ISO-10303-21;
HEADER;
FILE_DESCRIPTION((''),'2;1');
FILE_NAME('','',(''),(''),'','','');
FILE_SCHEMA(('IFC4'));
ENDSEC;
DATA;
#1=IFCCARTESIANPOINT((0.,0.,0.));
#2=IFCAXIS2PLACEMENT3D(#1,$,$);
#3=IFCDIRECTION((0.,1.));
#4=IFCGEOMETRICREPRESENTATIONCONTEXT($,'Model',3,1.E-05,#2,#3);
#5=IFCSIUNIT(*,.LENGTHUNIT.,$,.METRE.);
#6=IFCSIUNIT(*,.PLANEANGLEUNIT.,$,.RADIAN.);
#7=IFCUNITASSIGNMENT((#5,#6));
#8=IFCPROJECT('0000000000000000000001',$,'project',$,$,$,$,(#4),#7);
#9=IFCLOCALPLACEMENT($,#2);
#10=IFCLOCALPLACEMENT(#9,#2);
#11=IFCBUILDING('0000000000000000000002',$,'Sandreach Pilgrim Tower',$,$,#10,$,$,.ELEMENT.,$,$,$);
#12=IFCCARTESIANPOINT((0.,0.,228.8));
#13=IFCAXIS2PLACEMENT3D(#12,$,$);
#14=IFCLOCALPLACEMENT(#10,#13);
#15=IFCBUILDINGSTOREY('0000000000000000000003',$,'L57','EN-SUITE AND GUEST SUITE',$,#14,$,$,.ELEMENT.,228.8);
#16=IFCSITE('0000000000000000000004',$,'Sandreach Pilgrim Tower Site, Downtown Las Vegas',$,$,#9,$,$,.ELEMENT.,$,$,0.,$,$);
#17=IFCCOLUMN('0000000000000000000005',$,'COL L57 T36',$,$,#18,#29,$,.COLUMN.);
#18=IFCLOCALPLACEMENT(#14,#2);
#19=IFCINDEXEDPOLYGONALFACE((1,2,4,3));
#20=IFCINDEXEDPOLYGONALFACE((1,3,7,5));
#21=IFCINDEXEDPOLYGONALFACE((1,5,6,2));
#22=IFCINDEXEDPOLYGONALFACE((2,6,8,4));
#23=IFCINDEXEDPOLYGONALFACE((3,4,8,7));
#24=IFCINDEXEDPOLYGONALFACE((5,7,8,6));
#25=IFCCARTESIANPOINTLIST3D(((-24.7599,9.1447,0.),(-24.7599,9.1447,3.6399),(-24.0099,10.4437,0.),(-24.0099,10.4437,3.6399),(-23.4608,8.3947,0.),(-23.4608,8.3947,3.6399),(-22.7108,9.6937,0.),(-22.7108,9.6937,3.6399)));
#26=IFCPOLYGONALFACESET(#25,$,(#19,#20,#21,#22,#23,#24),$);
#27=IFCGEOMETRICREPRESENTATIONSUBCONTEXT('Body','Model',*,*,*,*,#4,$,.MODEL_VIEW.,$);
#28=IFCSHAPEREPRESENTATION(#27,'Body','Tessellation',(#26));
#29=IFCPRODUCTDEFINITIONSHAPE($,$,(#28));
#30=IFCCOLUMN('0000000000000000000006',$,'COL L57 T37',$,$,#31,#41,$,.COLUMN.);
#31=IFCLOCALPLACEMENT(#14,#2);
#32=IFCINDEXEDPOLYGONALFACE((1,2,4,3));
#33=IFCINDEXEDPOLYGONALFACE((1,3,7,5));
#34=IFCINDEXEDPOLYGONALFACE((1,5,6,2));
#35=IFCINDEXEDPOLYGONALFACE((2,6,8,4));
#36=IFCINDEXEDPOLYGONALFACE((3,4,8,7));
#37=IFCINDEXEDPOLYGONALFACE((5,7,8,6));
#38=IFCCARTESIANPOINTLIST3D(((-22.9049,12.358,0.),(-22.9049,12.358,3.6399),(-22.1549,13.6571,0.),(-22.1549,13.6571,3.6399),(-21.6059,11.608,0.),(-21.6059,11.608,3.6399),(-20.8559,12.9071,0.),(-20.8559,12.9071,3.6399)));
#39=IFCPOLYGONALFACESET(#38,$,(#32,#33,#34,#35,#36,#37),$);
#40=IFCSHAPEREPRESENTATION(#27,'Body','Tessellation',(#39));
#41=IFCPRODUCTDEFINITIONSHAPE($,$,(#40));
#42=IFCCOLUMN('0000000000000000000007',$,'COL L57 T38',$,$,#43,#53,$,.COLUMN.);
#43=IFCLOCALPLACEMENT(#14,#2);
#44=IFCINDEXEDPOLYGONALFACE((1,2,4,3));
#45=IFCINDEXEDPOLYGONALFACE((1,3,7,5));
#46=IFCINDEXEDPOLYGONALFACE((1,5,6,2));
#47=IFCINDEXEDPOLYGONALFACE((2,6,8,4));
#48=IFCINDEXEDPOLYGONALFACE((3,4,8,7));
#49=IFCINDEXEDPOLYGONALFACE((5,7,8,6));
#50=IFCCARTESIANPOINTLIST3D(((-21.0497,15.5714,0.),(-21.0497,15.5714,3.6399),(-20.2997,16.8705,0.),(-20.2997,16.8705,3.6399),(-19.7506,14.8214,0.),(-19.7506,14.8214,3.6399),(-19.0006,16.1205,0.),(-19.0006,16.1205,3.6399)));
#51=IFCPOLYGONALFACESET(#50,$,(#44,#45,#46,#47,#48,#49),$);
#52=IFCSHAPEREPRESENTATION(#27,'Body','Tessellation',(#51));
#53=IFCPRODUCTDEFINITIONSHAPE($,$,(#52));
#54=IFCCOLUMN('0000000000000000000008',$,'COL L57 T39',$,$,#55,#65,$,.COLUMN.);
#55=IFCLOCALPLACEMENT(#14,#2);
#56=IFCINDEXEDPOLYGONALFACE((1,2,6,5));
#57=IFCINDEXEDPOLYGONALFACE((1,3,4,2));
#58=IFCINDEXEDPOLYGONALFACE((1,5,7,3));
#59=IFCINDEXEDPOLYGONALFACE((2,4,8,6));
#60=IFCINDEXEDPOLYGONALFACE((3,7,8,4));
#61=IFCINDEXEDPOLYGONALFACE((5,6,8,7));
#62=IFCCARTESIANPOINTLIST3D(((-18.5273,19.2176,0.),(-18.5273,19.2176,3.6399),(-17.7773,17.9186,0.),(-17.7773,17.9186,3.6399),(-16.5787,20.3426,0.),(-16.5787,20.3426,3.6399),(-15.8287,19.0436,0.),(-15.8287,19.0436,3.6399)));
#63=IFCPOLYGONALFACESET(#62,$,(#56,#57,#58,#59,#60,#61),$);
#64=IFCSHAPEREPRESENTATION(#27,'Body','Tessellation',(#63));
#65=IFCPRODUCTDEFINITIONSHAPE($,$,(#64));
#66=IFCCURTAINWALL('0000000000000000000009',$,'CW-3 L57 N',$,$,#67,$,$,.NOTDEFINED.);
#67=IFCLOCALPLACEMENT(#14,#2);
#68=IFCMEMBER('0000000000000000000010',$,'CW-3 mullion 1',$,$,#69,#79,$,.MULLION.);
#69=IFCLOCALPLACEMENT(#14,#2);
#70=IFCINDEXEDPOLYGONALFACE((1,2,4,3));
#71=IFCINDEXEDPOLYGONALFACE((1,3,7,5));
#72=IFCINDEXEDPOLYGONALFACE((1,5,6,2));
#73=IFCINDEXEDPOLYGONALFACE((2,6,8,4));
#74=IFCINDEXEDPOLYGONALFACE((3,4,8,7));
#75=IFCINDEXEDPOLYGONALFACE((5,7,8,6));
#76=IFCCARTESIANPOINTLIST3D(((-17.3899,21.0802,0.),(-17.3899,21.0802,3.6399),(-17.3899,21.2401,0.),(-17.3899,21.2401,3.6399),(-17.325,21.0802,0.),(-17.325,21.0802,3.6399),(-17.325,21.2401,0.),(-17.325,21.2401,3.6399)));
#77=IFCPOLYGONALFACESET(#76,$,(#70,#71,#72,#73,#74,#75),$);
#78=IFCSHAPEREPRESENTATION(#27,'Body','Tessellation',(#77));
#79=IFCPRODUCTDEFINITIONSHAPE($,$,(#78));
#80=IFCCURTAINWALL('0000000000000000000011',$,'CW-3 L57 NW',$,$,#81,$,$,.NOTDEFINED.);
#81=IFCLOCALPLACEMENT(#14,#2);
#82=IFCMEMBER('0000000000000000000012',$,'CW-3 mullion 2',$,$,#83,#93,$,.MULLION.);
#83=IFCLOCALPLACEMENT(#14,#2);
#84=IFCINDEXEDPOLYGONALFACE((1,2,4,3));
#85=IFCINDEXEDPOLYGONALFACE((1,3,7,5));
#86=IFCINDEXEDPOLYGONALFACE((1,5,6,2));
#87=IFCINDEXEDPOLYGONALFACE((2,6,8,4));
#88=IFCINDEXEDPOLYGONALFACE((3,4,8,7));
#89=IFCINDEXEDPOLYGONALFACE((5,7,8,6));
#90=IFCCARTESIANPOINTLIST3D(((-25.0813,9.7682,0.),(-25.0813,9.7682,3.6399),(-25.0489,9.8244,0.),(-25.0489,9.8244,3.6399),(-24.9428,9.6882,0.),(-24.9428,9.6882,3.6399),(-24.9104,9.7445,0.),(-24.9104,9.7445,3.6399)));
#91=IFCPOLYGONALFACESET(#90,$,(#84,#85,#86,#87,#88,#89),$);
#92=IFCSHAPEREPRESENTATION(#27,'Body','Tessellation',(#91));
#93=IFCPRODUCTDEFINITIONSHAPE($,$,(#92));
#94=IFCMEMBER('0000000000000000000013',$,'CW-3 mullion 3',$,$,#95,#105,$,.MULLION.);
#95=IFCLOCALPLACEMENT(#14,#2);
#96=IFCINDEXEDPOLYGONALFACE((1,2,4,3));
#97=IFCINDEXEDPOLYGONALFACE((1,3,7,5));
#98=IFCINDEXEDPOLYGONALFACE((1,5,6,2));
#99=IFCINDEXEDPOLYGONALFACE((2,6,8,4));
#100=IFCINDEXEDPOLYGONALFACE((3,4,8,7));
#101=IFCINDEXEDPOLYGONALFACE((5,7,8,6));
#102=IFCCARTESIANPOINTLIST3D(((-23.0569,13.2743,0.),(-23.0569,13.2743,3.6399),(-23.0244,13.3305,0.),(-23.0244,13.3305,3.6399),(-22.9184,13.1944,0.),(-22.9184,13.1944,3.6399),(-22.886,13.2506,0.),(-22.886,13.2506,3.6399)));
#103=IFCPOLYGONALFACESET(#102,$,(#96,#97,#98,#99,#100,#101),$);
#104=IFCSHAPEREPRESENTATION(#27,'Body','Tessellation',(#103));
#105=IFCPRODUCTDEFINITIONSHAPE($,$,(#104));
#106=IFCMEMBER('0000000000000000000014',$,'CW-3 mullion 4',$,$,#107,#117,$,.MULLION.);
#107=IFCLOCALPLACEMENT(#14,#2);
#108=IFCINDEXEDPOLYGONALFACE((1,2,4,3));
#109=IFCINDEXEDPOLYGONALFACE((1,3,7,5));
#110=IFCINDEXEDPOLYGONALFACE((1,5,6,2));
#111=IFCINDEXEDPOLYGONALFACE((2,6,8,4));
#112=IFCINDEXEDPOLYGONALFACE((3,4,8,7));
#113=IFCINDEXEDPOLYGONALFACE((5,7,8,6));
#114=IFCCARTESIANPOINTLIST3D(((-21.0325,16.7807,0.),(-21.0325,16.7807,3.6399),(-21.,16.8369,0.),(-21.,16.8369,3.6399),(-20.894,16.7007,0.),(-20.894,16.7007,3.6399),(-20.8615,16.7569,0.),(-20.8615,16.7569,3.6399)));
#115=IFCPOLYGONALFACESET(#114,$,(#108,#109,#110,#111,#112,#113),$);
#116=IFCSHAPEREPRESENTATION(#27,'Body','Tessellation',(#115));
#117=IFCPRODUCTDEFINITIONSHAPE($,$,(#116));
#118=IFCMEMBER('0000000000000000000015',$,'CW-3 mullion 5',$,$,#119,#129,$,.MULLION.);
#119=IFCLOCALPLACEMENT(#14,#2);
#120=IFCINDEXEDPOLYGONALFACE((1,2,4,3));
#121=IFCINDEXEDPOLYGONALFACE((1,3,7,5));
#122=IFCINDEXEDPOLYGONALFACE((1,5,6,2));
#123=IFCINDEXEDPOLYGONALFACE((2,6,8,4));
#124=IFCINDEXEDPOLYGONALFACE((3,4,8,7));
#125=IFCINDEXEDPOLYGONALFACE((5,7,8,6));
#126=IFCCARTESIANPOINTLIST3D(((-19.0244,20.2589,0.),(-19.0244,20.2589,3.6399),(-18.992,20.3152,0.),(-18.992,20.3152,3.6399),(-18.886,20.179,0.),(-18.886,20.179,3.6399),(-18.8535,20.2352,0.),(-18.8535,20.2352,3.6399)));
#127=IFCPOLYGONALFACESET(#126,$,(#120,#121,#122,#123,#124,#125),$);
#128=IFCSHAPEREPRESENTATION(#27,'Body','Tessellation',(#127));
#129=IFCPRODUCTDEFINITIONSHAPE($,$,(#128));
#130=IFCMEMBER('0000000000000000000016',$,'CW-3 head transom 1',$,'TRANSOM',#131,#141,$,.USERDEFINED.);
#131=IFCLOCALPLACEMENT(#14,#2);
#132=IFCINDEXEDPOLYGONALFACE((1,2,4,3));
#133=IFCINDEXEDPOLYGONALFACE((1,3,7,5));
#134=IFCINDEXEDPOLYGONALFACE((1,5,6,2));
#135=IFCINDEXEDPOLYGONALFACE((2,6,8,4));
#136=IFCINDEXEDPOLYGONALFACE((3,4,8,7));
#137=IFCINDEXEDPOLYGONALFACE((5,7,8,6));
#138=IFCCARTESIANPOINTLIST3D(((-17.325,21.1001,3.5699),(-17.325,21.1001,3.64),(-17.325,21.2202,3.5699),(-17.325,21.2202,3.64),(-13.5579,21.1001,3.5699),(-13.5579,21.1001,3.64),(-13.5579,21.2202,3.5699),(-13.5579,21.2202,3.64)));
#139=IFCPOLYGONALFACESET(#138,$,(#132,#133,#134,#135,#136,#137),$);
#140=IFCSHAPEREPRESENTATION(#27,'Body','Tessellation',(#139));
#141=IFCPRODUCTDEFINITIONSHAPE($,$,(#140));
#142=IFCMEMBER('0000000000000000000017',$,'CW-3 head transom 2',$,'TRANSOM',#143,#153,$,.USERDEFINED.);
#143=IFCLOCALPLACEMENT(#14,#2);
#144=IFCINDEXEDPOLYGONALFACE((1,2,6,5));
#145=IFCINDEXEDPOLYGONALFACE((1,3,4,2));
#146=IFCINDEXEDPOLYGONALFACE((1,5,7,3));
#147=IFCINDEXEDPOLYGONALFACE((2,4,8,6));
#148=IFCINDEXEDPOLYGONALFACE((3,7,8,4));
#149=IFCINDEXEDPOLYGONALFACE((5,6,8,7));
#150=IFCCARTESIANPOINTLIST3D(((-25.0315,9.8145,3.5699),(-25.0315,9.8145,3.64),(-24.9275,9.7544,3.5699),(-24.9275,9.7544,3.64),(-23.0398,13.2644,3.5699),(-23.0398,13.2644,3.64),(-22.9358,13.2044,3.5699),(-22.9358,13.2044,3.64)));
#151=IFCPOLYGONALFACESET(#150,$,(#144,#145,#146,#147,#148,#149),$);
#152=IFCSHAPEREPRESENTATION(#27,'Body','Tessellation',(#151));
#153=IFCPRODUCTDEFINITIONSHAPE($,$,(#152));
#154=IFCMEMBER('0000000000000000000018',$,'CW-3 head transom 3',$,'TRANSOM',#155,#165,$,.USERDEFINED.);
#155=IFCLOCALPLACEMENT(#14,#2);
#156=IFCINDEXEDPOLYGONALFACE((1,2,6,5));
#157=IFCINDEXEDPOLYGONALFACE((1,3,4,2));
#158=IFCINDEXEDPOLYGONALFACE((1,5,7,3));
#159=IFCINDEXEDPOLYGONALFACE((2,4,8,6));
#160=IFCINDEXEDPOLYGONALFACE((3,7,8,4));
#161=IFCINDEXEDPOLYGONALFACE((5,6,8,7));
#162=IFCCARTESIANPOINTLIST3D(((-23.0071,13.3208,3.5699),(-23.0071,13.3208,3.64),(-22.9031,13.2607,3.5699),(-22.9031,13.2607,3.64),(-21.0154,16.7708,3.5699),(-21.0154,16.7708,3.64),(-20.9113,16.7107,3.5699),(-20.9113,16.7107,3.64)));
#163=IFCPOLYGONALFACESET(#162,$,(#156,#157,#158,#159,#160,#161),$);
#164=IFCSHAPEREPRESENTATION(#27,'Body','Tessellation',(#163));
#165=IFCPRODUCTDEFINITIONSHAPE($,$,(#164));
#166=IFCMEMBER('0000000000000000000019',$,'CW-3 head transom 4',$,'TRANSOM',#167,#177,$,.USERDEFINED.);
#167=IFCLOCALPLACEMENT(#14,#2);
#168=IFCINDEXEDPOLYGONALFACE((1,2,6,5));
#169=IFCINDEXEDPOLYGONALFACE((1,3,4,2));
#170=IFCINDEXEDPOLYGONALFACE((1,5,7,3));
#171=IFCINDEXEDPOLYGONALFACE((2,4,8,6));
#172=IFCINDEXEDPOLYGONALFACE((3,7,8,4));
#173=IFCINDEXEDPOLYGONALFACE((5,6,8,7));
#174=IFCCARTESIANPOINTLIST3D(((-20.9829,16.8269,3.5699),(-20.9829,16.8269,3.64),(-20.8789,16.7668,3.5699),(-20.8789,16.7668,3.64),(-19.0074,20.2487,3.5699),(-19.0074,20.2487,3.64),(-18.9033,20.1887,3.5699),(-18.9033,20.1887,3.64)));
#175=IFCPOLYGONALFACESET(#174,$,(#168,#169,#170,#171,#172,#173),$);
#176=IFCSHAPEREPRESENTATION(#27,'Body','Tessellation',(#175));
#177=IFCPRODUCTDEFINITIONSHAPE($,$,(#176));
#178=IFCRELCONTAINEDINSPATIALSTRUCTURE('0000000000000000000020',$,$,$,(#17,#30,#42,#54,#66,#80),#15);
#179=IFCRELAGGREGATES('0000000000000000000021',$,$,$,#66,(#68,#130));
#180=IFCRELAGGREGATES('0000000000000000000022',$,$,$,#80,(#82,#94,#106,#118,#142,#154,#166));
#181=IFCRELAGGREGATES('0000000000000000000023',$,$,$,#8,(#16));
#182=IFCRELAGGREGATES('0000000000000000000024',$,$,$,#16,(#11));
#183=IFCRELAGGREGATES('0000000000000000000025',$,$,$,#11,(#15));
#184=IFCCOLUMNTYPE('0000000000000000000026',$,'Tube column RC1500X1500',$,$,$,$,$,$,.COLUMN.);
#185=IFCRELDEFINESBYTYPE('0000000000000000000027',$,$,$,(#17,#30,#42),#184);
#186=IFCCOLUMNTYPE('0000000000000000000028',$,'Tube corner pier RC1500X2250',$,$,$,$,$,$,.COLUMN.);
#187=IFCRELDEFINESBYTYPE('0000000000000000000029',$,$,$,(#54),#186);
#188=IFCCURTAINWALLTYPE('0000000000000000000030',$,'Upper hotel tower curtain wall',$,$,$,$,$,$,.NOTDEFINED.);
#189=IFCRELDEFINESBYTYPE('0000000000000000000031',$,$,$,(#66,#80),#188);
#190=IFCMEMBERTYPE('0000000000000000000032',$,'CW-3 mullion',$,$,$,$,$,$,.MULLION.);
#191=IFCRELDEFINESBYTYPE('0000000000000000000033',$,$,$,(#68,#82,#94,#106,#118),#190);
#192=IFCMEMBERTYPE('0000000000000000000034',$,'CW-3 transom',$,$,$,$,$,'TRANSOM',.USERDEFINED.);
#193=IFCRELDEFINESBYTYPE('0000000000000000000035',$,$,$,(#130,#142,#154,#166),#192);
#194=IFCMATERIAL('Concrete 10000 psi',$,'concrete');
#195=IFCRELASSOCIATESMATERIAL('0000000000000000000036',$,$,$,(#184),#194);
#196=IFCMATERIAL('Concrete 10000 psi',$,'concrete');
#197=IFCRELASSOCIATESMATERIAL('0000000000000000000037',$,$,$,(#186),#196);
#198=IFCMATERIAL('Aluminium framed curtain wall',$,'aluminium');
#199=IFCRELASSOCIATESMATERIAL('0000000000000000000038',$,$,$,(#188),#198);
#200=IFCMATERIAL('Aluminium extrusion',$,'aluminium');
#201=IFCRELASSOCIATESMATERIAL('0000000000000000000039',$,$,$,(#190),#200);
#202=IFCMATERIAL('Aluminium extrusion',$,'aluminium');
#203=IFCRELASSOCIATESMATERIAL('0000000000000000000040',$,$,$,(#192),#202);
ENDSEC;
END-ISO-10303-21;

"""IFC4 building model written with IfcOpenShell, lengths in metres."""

from ifc_helpers import new_model, si_unit, direction, frame, origin, origin_2d, place, context, subcontext, project, spatial, rectangle, extrude, clip, halfspace, material, material_profile, profile_set, type_object, element, aggregate, save


model = new_model("IFC4")

# Units and contexts
model_context = context("Model", 3, precision=1e-05, world=origin(), true_north=direction((0.0, 1.0)))
body_context = subcontext(model_context, "Body", "Model", "MODEL_VIEW")
ifc_project = project(units=[si_unit("LENGTHUNIT", "METRE"), si_unit("PLANEANGLEUNIT", "RADIAN")], contexts=[model_context])

# Site, building, storey
site_placement = place(None, origin())
site = spatial("IfcSite", under=ifc_project, at=site_placement, Name="Sandreach Pilgrim Tower Site, Downtown Las Vegas", CompositionType="ELEMENT", RefElevation=0.0)
building_placement = place(site_placement, origin())
building = spatial("IfcBuilding", under=site, at=building_placement, Name="Sandreach Pilgrim Tower", CompositionType="ELEMENT")
storey_placement = place(building_placement, frame((0.0, 0.0, 228.8)))
storey = spatial("IfcBuildingStorey", under=building, at=storey_placement, Name="L57", Description="EN-SUITE AND GUEST SUITE", CompositionType="ELEMENT", Elevation=228.8)

# Columns
ifc_material_1 = material(Name="Concrete 10000 psi", Category="concrete")
ifc_material_profile_1 = material_profile(ifc_material_1, rectangle(XDim=1.5, YDim=1.5, at=origin_2d()), Name="RC1500X1500")
ifc_profile_set_1 = profile_set([ifc_material_profile_1], Name="Concrete 10000 psi")
column_type_1 = type_object("IfcColumnType", Name="Tube column RC1500X1500", PredefinedType="COLUMN", material=ifc_profile_set_1)
column_1_placement = place(storey_placement, frame((-23.7354, 9.4192, 0.0), z_axis=(0.0, 0.0, 1.0), x_axis=(-0.866025, 0.5, 0.0)))
element("IfcColumn", 1, at=column_1_placement, inside=storey, type_object=column_type_1, Name="COL L57 T36", PredefinedType="COLUMN", context=body_context, shape_type="SweptSolid", body=[
    clip(extrude(rectangle(XDim=1.5, YDim=1.5, at=origin_2d()), origin(), (0.0, 0.0, 1.0), 3.7412), halfspace(frame((0.0, 0.0, 3.6399)), False)),
])
column_2_placement = place(storey_placement, frame((-21.8804, 12.6326, 0.0), z_axis=(0.0, 0.0, 1.0), x_axis=(-0.866025, 0.5, 0.0)))
element("IfcColumn", 2, at=column_2_placement, inside=storey, type_object=column_type_1, Name="COL L57 T37", PredefinedType="COLUMN", context=body_context, shape_type="SweptSolid", body=[
    clip(extrude(rectangle(XDim=1.5, YDim=1.5, at=origin_2d()), origin(), (0.0, 0.0, 1.0), 3.7488), halfspace(frame((0.0, 0.0, 3.6399)), False)),
])
column_3_placement = place(storey_placement, frame((-20.0251, 15.8459, 0.0), z_axis=(0.0, 0.0, 1.0), x_axis=(-0.866025, 0.5, 0.0)))
element("IfcColumn", 3, at=column_3_placement, inside=storey, type_object=column_type_1, Name="COL L57 T38", PredefinedType="COLUMN", context=body_context, shape_type="SweptSolid", body=[
    clip(extrude(rectangle(XDim=1.5, YDim=1.5, at=origin_2d()), origin(), (0.0, 0.0, 1.0), 3.7412), halfspace(frame((0.0, 0.0, 3.6399)), False)),
])
ifc_material_2 = material(Name="Concrete 10000 psi", Category="concrete")
ifc_material_profile_2 = material_profile(ifc_material_2, rectangle(XDim=1.5, YDim=2.25, at=origin_2d()), Name="RC1500X2250")
ifc_profile_set_2 = profile_set([ifc_material_profile_2], Name="Concrete 10000 psi")
column_type_2 = type_object("IfcColumnType", Name="Tube corner pier RC1500X2250", PredefinedType="COLUMN", material=ifc_profile_set_2)
column_4_placement = place(storey_placement, frame((-17.178, 19.1306, 0.0), z_axis=(0.0, 0.0, 1.0), x_axis=(-0.5, 0.866025, 0.0)))
element("IfcColumn", 4, at=column_4_placement, inside=storey, type_object=column_type_2, Name="COL L57 T39", PredefinedType="COLUMN", context=body_context, shape_type="SweptSolid", body=[
    clip(extrude(rectangle(XDim=1.5, YDim=2.25, at=origin_2d()), origin(), (0.0, 0.0, 1.0), 3.7312), halfspace(frame((0.0, 0.0, 3.6399)), False)),
])

# Curtain wall, member
ifc_material_3 = material(Name="Aluminium framed curtain wall", Category="aluminium")
curtain_wall_type = type_object("IfcCurtainWallType", Name="Upper hotel tower curtain wall", PredefinedType="NOTDEFINED", material=ifc_material_3)
curtain_wall_1_placement = place(storey_placement, origin())
curtain_wall_1 = element("IfcCurtainWall", 5, at=curtain_wall_1_placement, inside=storey, type_object=curtain_wall_type, Name="CW-3 L57 N", PredefinedType="NOTDEFINED")
ifc_material_4 = material(Name="Aluminium extrusion", Category="aluminium")
ifc_material_profile_3 = material_profile(ifc_material_4, rectangle(XDim=0.0649, YDim=0.1599, at=origin_2d()), Name="CW-3M 65X160")
ifc_profile_set_3 = profile_set([ifc_material_profile_3], Name="Aluminium extrusion")
member_type_1 = type_object("IfcMemberType", Name="CW-3 mullion", PredefinedType="MULLION", material=ifc_profile_set_3)
member_1_placement = place(storey_placement, frame((-17.3574, 21.1602, 0.0), z_axis=(0.0, 0.0, 1.0), x_axis=(1.0, 0.0, 0.0)))
member_1 = element("IfcMember", 6, at=member_1_placement, type_object=member_type_1, Name="CW-3 mullion 1", PredefinedType="MULLION", context=body_context, shape_type="SweptSolid", body=[
    extrude(rectangle(XDim=0.0649, YDim=0.1599, at=origin_2d()), origin(), (0.0, 0.0, 1.0), 3.6399),
])

# Curtain wall, members
curtain_wall_2_placement = place(storey_placement, origin())
curtain_wall_2 = element("IfcCurtainWall", 7, at=curtain_wall_2_placement, inside=storey, type_object=curtain_wall_type, Name="CW-3 L57 NW", PredefinedType="NOTDEFINED")
member_2_placement = place(storey_placement, frame((-24.9958, 9.7563, 0.0), z_axis=(0.0, 0.0, 1.0), x_axis=(0.5, 0.866025, 0.0)))
member_2 = element("IfcMember", 8, at=member_2_placement, type_object=member_type_1, Name="CW-3 mullion 2", PredefinedType="MULLION", context=body_context, shape_type="SweptSolid", body=[
    extrude(rectangle(XDim=0.0649, YDim=0.1599, at=origin_2d()), origin(), (0.0, 0.0, 1.0), 3.6399),
])
member_3_placement = place(storey_placement, frame((-22.9714, 13.2625, 0.0), z_axis=(0.0, 0.0, 1.0), x_axis=(0.5, 0.866025, 0.0)))
member_3 = element("IfcMember", 9, at=member_3_placement, type_object=member_type_1, Name="CW-3 mullion 3", PredefinedType="MULLION", context=body_context, shape_type="SweptSolid", body=[
    extrude(rectangle(XDim=0.0649, YDim=0.1599, at=origin_2d()), origin(), (0.0, 0.0, 1.0), 3.6399),
])
member_4_placement = place(storey_placement, frame((-20.947, 16.7688, 0.0), z_axis=(0.0, 0.0, 1.0), x_axis=(0.5, 0.866025, 0.0)))
member_4 = element("IfcMember", 10, at=member_4_placement, type_object=member_type_1, Name="CW-3 mullion 4", PredefinedType="MULLION", context=body_context, shape_type="SweptSolid", body=[
    extrude(rectangle(XDim=0.0649, YDim=0.1599, at=origin_2d()), origin(), (0.0, 0.0, 1.0), 3.6399),
])
member_5_placement = place(storey_placement, frame((-18.939, 20.2471, 0.0), z_axis=(0.0, 0.0, 1.0), x_axis=(0.5, 0.866025, 0.0)))
member_5 = element("IfcMember", 11, at=member_5_placement, type_object=member_type_1, Name="CW-3 mullion 5", PredefinedType="MULLION", context=body_context, shape_type="SweptSolid", body=[
    extrude(rectangle(XDim=0.0649, YDim=0.1599, at=origin_2d()), origin(), (0.0, 0.0, 1.0), 3.6399),
])

# Members
ifc_material_5 = material(Name="Aluminium extrusion", Category="aluminium")
ifc_material_profile_4 = material_profile(ifc_material_5, rectangle(XDim=0.1201, YDim=0.0701, at=origin_2d()), Name="CW-3T 120X70")
ifc_profile_set_4 = profile_set([ifc_material_profile_4], Name="Aluminium extrusion")
member_type_2 = type_object("IfcMemberType", Name="CW-3 transom", ElementType="TRANSOM", PredefinedType="USERDEFINED", material=ifc_profile_set_4)
member_6_placement = place(storey_placement, frame((-17.325, 21.1602, 3.605), z_axis=(1.0, 0.0, 0.0), x_axis=(0.0, 1.0, 0.0)))
member_6 = element("IfcMember", 12, at=member_6_placement, type_object=member_type_2, Name="CW-3 head transom 1", ObjectType="TRANSOM", PredefinedType="USERDEFINED", context=body_context, shape_type="SweptSolid", body=[
    extrude(rectangle(XDim=0.1201, YDim=0.0701, at=origin_2d()), origin(), (0.0, 0.0, 1.0), 3.7671),
])
aggregate(curtain_wall_1, [member_1, member_6])
member_7_placement = place(storey_placement, frame((-24.9795, 9.7844, 3.605), z_axis=(0.499975, 0.86604, 0.0), x_axis=(-0.86604, 0.499975, 0.0)))
member_7 = element("IfcMember", 13, at=member_7_placement, type_object=member_type_2, Name="CW-3 head transom 2", ObjectType="TRANSOM", PredefinedType="USERDEFINED", context=body_context, shape_type="SweptSolid", body=[
    extrude(rectangle(XDim=0.1201, YDim=0.0701, at=origin_2d()), origin(), (0.0, 0.0, 1.0), 3.9836),
])
member_8_placement = place(storey_placement, frame((-22.9551, 13.2908, 3.605), z_axis=(0.499975, 0.86604, 0.0), x_axis=(-0.86604, 0.499975, 0.0)))
member_8 = element("IfcMember", 14, at=member_8_placement, type_object=member_type_2, Name="CW-3 head transom 3", ObjectType="TRANSOM", PredefinedType="USERDEFINED", context=body_context, shape_type="SweptSolid", body=[
    extrude(rectangle(XDim=0.1201, YDim=0.0701, at=origin_2d()), origin(), (0.0, 0.0, 1.0), 3.9836),
])
member_9_placement = place(storey_placement, frame((-20.9309, 16.7969, 3.605), z_axis=(0.499993, 0.866029, 0.0), x_axis=(-0.866029, 0.499993, 0.0)))
member_9 = element("IfcMember", 15, at=member_9_placement, type_object=member_type_2, Name="CW-3 head transom 4", ObjectType="TRANSOM", PredefinedType="USERDEFINED", context=body_context, shape_type="SweptSolid", body=[
    extrude(rectangle(XDim=0.1201, YDim=0.0701, at=origin_2d()), origin(), (0.0, 0.0, 1.0), 3.9512),
])

aggregate(curtain_wall_2, [member_2, member_3, member_4, member_5, member_7, member_8, member_9])

save(model, "model.ifc")
